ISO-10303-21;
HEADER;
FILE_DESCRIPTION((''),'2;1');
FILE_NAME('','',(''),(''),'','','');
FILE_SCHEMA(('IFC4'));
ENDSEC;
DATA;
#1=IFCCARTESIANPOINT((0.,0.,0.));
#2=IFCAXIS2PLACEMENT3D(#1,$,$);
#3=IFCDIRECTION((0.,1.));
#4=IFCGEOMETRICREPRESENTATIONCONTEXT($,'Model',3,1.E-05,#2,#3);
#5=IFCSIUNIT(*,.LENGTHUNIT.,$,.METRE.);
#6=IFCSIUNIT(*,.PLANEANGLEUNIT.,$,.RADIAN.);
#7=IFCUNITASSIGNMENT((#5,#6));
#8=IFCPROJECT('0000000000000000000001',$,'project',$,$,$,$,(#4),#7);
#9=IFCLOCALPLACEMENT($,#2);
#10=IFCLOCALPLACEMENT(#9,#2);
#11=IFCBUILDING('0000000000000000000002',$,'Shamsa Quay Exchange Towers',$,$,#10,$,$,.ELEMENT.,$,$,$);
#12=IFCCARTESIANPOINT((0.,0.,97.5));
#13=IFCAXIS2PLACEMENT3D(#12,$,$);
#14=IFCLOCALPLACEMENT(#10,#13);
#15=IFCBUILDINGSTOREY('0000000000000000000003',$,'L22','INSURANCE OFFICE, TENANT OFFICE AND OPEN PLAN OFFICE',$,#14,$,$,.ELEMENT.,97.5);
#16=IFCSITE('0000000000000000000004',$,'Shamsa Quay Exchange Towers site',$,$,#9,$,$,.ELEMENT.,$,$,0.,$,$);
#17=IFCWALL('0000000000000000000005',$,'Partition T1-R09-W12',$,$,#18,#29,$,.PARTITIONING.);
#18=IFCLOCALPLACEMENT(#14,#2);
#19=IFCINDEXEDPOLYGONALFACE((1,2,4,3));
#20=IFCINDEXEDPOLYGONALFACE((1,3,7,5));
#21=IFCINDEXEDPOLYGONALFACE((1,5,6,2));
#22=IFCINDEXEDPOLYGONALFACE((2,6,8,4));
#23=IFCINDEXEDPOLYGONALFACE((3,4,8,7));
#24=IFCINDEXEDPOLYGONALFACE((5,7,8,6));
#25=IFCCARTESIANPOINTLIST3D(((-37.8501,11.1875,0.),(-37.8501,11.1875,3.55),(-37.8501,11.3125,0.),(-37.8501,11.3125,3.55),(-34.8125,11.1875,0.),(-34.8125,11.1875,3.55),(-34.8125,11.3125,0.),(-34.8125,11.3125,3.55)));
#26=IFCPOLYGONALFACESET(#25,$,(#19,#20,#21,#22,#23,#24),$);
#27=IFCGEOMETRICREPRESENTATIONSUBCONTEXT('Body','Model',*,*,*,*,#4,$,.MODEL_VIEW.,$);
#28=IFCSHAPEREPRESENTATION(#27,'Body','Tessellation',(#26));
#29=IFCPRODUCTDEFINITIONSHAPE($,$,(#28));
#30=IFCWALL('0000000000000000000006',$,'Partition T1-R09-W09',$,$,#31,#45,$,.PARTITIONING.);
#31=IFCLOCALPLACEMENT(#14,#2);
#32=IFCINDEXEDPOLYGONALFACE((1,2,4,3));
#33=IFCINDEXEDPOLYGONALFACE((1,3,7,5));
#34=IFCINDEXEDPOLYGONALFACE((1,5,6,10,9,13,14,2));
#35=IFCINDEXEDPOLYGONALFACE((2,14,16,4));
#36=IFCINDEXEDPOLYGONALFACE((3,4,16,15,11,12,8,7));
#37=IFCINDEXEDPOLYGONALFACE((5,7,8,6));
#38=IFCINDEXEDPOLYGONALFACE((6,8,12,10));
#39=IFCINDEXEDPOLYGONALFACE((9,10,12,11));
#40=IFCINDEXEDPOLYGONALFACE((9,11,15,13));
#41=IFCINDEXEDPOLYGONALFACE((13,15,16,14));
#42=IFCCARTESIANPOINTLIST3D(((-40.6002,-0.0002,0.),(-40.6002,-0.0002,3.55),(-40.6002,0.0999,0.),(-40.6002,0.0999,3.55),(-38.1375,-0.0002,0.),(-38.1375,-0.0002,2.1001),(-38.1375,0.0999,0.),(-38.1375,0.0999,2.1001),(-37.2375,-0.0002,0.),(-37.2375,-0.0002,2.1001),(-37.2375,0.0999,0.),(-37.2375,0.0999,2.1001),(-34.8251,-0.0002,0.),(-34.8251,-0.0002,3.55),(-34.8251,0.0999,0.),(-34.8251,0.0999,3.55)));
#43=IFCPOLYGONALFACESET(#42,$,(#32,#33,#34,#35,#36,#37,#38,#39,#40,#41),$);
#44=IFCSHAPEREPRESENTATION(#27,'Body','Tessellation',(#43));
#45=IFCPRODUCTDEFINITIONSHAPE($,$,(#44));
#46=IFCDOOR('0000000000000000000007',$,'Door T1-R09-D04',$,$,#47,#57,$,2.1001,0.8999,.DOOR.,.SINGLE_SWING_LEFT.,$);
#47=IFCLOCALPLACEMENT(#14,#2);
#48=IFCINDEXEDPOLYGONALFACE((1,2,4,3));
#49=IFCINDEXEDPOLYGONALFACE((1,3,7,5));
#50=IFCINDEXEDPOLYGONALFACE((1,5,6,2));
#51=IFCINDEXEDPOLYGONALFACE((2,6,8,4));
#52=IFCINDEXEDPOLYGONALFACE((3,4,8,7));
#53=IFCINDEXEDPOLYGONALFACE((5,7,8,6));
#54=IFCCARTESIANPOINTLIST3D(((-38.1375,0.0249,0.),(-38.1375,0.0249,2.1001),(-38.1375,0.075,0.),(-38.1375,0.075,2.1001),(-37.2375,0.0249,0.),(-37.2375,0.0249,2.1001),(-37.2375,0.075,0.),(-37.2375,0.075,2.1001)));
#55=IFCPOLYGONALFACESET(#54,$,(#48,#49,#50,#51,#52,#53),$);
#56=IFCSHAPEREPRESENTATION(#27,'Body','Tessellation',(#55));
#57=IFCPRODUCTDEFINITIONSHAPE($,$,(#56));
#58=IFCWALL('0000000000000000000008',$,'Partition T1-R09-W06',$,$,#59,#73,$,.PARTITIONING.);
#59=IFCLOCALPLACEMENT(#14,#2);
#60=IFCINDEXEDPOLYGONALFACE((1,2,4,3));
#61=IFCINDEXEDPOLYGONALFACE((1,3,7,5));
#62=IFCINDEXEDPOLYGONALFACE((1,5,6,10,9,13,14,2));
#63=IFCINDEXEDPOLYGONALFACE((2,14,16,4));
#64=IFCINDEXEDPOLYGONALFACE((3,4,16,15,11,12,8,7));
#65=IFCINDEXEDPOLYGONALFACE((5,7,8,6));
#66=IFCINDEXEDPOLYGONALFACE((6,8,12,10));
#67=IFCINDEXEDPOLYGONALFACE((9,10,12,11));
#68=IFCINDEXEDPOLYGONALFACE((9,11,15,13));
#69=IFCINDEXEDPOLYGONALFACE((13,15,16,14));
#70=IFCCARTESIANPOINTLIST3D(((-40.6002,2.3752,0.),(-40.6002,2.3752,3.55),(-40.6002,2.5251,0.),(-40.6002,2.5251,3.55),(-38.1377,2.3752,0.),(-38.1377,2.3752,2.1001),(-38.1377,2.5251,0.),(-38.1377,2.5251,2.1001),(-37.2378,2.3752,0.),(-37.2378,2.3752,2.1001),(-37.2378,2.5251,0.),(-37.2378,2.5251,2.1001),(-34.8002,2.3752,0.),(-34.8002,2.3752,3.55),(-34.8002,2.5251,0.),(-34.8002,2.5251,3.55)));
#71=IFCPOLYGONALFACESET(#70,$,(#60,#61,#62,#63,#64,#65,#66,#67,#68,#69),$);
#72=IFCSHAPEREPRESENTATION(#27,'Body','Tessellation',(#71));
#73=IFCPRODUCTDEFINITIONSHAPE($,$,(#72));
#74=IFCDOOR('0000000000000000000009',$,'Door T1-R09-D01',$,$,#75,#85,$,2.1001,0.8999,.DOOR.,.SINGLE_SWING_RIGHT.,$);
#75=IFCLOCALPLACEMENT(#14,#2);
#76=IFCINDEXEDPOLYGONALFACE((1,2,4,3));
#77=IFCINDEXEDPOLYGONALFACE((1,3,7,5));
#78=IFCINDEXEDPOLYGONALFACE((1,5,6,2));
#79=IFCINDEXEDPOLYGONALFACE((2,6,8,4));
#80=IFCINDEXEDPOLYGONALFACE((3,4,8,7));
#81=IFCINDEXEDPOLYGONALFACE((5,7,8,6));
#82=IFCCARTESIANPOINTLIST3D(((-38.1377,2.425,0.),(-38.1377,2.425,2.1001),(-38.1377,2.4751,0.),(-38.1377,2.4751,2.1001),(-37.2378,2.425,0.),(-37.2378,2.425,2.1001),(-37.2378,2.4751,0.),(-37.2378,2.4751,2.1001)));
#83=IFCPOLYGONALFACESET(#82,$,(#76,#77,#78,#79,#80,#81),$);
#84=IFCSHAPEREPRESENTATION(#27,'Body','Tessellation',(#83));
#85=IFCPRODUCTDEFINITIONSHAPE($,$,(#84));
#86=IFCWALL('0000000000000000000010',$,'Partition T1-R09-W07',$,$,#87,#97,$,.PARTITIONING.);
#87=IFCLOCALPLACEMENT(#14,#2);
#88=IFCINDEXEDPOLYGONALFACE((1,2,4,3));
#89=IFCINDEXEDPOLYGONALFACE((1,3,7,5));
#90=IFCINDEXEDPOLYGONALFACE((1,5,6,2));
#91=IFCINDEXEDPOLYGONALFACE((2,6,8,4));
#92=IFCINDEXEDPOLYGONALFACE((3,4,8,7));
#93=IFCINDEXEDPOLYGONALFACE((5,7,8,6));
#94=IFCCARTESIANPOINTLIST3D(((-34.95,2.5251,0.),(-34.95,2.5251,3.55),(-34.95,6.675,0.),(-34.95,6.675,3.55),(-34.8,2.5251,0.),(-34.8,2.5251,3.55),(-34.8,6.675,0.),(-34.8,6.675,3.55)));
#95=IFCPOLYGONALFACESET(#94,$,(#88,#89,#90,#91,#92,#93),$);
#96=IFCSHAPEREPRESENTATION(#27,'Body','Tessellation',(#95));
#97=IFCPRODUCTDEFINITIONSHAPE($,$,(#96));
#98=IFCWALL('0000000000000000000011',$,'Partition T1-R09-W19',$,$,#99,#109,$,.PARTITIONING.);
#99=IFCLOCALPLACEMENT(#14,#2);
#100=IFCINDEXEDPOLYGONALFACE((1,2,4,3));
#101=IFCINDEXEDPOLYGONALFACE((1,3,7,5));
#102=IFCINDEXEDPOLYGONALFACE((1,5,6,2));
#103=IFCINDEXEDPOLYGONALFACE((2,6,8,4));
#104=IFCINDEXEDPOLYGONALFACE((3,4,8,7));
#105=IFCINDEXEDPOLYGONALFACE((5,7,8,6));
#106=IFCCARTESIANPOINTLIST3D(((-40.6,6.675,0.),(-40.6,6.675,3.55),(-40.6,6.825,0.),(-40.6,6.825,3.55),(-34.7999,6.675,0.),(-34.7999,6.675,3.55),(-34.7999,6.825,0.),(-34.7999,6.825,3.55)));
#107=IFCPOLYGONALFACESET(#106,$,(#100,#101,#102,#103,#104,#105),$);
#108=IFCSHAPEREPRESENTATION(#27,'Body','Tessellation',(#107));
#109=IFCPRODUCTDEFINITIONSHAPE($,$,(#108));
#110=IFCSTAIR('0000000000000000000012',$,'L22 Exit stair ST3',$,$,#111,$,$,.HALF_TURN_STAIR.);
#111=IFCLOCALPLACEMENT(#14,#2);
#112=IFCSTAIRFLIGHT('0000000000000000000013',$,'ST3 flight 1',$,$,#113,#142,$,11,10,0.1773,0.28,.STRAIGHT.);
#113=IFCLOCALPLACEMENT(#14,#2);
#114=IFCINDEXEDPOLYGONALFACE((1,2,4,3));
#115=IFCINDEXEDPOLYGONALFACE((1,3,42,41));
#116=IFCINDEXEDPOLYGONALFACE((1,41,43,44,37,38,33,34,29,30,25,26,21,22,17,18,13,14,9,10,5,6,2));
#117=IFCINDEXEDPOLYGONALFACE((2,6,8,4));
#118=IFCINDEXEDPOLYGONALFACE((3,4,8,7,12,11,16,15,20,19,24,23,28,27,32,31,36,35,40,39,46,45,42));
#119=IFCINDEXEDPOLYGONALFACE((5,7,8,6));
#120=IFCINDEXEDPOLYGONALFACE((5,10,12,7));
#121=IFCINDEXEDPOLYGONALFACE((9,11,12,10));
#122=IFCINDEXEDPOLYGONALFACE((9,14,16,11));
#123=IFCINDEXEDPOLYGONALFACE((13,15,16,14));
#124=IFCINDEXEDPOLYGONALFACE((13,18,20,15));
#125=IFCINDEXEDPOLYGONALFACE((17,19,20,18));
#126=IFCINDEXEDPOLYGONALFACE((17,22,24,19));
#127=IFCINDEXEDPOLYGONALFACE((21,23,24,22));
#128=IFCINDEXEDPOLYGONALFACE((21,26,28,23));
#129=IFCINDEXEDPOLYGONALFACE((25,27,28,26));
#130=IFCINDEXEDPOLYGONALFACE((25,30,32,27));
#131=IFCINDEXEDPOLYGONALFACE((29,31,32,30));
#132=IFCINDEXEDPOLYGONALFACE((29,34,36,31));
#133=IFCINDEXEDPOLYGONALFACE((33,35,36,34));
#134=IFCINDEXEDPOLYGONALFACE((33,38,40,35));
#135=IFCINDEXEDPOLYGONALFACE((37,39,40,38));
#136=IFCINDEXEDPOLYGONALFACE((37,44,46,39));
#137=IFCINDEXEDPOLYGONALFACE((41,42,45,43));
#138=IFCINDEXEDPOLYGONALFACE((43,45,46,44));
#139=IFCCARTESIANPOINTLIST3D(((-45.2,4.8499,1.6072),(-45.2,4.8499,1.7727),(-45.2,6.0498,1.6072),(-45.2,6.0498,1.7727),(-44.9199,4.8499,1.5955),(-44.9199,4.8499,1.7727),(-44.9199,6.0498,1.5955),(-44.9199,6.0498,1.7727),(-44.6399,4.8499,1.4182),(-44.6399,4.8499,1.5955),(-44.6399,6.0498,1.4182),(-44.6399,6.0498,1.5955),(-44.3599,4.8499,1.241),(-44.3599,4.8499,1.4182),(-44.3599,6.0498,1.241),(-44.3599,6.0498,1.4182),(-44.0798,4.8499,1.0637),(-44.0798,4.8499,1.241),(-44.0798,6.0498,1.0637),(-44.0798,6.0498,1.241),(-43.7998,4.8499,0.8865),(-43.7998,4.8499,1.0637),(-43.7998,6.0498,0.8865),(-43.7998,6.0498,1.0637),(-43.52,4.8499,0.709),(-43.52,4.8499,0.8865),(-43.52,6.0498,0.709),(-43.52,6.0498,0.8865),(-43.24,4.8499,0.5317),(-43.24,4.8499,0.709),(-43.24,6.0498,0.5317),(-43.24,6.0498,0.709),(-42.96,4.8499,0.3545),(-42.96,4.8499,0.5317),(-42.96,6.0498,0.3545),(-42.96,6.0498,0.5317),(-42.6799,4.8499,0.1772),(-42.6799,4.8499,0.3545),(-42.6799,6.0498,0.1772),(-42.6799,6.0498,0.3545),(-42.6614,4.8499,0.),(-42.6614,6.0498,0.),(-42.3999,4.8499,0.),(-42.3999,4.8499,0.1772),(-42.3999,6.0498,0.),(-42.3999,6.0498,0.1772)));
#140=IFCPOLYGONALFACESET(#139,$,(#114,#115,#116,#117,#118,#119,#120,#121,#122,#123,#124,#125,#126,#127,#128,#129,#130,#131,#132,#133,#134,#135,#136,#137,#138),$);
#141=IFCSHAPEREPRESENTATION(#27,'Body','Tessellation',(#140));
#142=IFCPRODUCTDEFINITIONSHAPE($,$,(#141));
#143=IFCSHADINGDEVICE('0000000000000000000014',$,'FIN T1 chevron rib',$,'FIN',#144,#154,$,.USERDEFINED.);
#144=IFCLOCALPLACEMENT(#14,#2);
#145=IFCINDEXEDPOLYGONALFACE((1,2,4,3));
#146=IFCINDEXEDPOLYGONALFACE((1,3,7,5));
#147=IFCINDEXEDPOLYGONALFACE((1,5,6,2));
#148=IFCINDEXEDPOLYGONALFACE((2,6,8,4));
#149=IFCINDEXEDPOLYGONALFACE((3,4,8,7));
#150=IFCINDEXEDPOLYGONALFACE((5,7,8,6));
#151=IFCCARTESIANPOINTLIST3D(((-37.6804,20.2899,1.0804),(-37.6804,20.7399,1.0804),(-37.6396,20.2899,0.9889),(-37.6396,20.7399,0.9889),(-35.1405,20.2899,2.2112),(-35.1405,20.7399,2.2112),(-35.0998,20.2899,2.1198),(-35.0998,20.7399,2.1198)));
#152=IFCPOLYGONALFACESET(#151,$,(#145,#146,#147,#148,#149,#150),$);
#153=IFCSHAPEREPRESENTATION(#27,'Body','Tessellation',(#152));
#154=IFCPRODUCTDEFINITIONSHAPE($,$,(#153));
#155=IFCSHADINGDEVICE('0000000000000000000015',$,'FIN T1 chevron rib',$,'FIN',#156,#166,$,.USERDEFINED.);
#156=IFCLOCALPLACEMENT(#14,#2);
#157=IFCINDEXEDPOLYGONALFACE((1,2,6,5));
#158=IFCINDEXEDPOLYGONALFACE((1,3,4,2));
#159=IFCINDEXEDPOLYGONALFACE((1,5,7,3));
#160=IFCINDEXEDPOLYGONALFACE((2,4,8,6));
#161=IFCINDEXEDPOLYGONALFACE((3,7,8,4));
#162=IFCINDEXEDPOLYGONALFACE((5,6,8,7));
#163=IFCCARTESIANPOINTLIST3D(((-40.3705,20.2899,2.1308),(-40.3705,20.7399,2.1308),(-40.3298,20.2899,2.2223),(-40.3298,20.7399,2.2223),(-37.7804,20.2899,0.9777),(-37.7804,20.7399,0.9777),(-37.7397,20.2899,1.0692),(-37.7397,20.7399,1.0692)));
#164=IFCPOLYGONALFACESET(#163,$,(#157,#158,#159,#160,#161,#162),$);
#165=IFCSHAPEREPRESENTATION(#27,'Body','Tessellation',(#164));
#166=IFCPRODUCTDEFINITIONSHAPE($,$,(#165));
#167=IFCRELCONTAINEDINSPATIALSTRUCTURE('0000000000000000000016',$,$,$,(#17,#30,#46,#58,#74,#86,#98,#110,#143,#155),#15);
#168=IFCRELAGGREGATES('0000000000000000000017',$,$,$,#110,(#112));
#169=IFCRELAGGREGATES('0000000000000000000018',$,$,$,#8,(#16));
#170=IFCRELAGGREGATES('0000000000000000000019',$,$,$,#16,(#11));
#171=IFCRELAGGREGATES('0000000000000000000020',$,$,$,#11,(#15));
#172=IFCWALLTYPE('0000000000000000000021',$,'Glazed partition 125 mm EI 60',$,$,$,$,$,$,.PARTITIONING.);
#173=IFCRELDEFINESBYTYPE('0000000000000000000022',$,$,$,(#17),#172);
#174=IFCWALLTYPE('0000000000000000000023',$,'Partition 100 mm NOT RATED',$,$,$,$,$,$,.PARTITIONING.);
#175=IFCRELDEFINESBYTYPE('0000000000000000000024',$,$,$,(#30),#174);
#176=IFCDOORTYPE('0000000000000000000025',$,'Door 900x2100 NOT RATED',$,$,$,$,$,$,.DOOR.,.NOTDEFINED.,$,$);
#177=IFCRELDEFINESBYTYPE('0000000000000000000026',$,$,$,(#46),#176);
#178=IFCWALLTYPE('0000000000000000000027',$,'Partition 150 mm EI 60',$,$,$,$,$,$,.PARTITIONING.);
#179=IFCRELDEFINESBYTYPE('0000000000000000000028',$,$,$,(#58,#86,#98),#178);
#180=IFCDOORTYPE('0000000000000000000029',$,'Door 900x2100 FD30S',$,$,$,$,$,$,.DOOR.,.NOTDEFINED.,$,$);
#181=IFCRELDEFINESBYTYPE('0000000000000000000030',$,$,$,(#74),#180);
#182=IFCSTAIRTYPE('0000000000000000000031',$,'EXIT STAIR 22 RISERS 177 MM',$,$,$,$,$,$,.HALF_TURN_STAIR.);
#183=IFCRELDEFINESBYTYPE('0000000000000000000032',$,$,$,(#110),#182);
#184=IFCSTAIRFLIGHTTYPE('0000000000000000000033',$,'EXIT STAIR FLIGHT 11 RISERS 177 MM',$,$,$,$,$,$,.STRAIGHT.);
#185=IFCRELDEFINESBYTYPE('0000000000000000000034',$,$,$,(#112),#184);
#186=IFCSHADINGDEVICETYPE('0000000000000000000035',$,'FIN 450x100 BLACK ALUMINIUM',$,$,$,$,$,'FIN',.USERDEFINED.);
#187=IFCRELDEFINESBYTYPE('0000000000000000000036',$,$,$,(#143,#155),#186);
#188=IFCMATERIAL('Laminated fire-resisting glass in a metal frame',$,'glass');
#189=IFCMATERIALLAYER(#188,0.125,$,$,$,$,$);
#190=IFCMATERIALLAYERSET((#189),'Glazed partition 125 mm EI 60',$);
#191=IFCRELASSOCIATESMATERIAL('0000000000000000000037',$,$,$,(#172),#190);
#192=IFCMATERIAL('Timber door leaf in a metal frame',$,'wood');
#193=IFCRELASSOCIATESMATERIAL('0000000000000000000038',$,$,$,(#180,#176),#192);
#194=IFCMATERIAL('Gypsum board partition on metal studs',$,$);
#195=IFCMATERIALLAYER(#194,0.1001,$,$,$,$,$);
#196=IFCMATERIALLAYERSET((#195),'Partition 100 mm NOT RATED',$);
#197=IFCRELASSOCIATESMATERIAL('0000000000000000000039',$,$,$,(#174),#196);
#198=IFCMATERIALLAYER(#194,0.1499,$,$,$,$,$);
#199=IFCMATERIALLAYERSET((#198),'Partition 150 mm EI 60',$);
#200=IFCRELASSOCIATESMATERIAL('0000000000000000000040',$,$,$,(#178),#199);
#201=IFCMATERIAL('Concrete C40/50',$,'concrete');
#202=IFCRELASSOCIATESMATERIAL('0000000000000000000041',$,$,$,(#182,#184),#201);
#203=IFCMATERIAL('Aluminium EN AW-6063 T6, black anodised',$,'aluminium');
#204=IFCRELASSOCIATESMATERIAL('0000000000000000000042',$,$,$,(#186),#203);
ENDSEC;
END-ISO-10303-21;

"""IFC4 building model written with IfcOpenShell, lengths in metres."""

from ifc_helpers import new_model, si_unit, direction, frame, frame_2d, origin, origin_2d, place, context, subcontext, project, spatial, polyline, rectangle, outline, extrude, material, layer, layer_set, material_profile, profile_set, type_object, element, fill, aggregate, save


model = new_model("IFC4")

# Units and contexts
model_context = context("Model", 3, precision=1e-05, world=origin(), true_north=direction((0.0, 1.0)))
body_context = subcontext(model_context, "Body", "Model", "MODEL_VIEW")
ifc_project = project(units=[si_unit("LENGTHUNIT", "METRE"), si_unit("PLANEANGLEUNIT", "RADIAN")], contexts=[model_context])

# Site, building, storey
site_placement = place(None, origin())
site = spatial("IfcSite", under=ifc_project, at=site_placement, Name="Shamsa Quay Exchange Towers site", CompositionType="ELEMENT", RefElevation=0.0)
building_placement = place(site_placement, origin())
building = spatial("IfcBuilding", under=site, at=building_placement, Name="Shamsa Quay Exchange Towers", CompositionType="ELEMENT")
storey_placement = place(building_placement, frame((0.0, 0.0, 97.5)))
storey = spatial("IfcBuildingStorey", under=building, at=storey_placement, Name="L22", Description="INSURANCE OFFICE, TENANT OFFICE AND OPEN PLAN OFFICE", CompositionType="ELEMENT", Elevation=97.5)

# Shared definitions
ifc_material_1 = material(Name="Aluminium EN AW-6063 T6, black anodised", Category="aluminium")

# Shared definitions
ifc_material_2 = material(Name="Timber door leaf in a metal frame", Category="wood")

# Shared definitions
ifc_material_3 = material(Name="Laminated fire-resisting glass in a metal frame", Category="glass")
ifc_layer_1 = layer(ifc_material_3, 0.125)
ifc_layer_set_1 = layer_set([ifc_layer_1], Name="Glazed partition 125 mm EI 60")
wall_type_1 = type_object("IfcWallType", Name="Glazed partition 125 mm EI 60", PredefinedType="PARTITIONING", material=ifc_layer_set_1)
door_type_1 = type_object("IfcDoorType", Name="Door 900x2100 FD30S", OperationType="NOTDEFINED", PredefinedType="DOOR", material=ifc_material_2)

# Wall
wall_1_placement = place(storey_placement, frame((-34.8125, 11.25, 0.0), z_axis=(0.0, 0.0, 1.0), x_axis=(-1.0, 0.0, 0.0)))
element("IfcWall", 1, at=wall_1_placement, inside=storey, type_object=wall_type_1, Name="Partition T1-R09-W12", PredefinedType="PARTITIONING", context=body_context, shape_type="SweptSolid", body=[
    extrude(rectangle(XDim=3.0376, YDim=0.125, at=frame_2d((1.5188, 0.0))), origin(), (0.0, 0.0, 1.0), 3.55),
])

# Walls, openings, doors
ifc_material_4 = material(Name="Gypsum board partition on metal studs")
ifc_layer_2 = layer(ifc_material_4, 0.1001)
ifc_layer_set_2 = layer_set([ifc_layer_2], Name="Partition 100 mm NOT RATED")
wall_type_2 = type_object("IfcWallType", Name="Partition 100 mm NOT RATED", PredefinedType="PARTITIONING", material=ifc_layer_set_2)
wall_2_placement = place(storey_placement, frame((-34.825, 0.0498, 0.0), z_axis=(0.0, 0.0, 1.0), x_axis=(-1.0, 0.0, 0.0)))
wall_2 = element("IfcWall", 2, at=wall_2_placement, inside=storey, type_object=wall_type_2, Name="Partition T1-R09-W09", PredefinedType="PARTITIONING", context=body_context, shape_type="SweptSolid", body=[
    extrude(rectangle(XDim=5.7751, YDim=0.1001, at=frame_2d((2.8877, 0.0))), origin(), (0.0, 0.0, 1.0), 3.55),
])
opening_1_placement = place(wall_2_placement, frame((2.4126, 0.0, 0.0)))
opening_1 = element("IfcOpeningElement", 3, at=opening_1_placement, cuts=wall_2, PredefinedType="OPENING", context=body_context, shape_type="SweptSolid", body=[
    extrude(rectangle(XDim=0.8999, YDim=2.1001, at=frame_2d((0.45, 1.05))), frame((0.0, 0.0601, 0.0), z_axis=(0.0, -1.0, 0.0), x_axis=(1.0, 0.0, 0.0)), (0.0, 0.0, 1.0), 0.1201),
])
door_type_2 = type_object("IfcDoorType", Name="Door 900x2100 NOT RATED", OperationType="NOTDEFINED", PredefinedType="DOOR", material=ifc_material_2)
door_1_placement = place(opening_1_placement, origin())
door_1 = element("IfcDoor", 4, at=door_1_placement, inside=storey, type_object=door_type_2, Name="Door T1-R09-D04", OperationType="SINGLE_SWING_LEFT", OverallHeight=2.1001, OverallWidth=0.8999, PredefinedType="DOOR", context=body_context, shape_type="SweptSolid", body=[
    extrude(rectangle(XDim=0.8999, YDim=2.1001, at=frame_2d((0.45, 1.05))), frame((0.0, 0.0249, 0.0), z_axis=(0.0, -1.0, 0.0), x_axis=(1.0, 0.0, 0.0)), (0.0, 0.0, 1.0), 0.05),
])
fill(opening_1, door_1)
ifc_layer_3 = layer(ifc_material_4, 0.1499)
ifc_layer_set_3 = layer_set([ifc_layer_3], Name="Partition 150 mm EI 60")
wall_type_3 = type_object("IfcWallType", Name="Partition 150 mm EI 60", PredefinedType="PARTITIONING", material=ifc_layer_set_3)
wall_3_placement = place(storey_placement, frame((-40.6001, 2.4502, 0.0)))
wall_3 = element("IfcWall", 5, at=wall_3_placement, inside=storey, type_object=wall_type_3, Name="Partition T1-R09-W06", PredefinedType="PARTITIONING", context=body_context, shape_type="SweptSolid", body=[
    extrude(rectangle(XDim=5.8, YDim=0.1499, at=frame_2d((2.8999, 0.0))), origin(), (0.0, 0.0, 1.0), 3.55),
])
opening_2_placement = place(wall_3_placement, frame((2.4624, 0.0, 0.0)))
opening_2 = element("IfcOpeningElement", 6, at=opening_2_placement, cuts=wall_3, PredefinedType="OPENING", context=body_context, shape_type="SweptSolid", body=[
    extrude(rectangle(XDim=0.8999, YDim=2.1001, at=frame_2d((0.45, 1.05))), frame((0.0, 0.085, 0.0), z_axis=(0.0, -1.0, 0.0), x_axis=(1.0, 0.0, 0.0)), (0.0, 0.0, 1.0), 0.1699),
])
door_2_placement = place(opening_2_placement, origin())
door_2 = element("IfcDoor", 7, at=door_2_placement, inside=storey, type_object=door_type_1, Name="Door T1-R09-D01", OperationType="SINGLE_SWING_RIGHT", OverallHeight=2.1001, OverallWidth=0.8999, PredefinedType="DOOR", context=body_context, shape_type="SweptSolid", body=[
    extrude(rectangle(XDim=0.8999, YDim=2.1001, at=frame_2d((0.45, 1.05))), frame((0.0, 0.0249, 0.0), z_axis=(0.0, -1.0, 0.0), x_axis=(1.0, 0.0, 0.0)), (0.0, 0.0, 1.0), 0.05),
])
fill(opening_2, door_2)

# Walls
wall_4_placement = place(storey_placement, frame((-34.875, 2.5251, 0.0), z_axis=(0.0, 0.0, 1.0), x_axis=(0.0, 1.0, 0.0)))
element("IfcWall", 8, at=wall_4_placement, inside=storey, type_object=wall_type_3, Name="Partition T1-R09-W07", PredefinedType="PARTITIONING", context=body_context, shape_type="SweptSolid", body=[
    extrude(rectangle(XDim=4.1499, YDim=0.1499, at=frame_2d((2.075, 0.0))), origin(), (0.0, 0.0, 1.0), 3.55),
])
wall_5_placement = place(storey_placement, frame((-34.8, 6.75, 0.0), z_axis=(0.0, 0.0, 1.0), x_axis=(-1.0, 0.0, 0.0)))
element("IfcWall", 9, at=wall_5_placement, inside=storey, type_object=wall_type_3, Name="Partition T1-R09-W19", PredefinedType="PARTITIONING", context=body_context, shape_type="SweptSolid", body=[
    extrude(rectangle(XDim=5.8, YDim=0.1499, at=frame_2d((2.8999, 0.0))), origin(), (0.0, 0.0, 1.0), 3.55),
])

# Stair, stair flight
ifc_material_5 = material(Name="Concrete C40/50", Category="concrete")
stair_type = type_object("IfcStairType", Name="EXIT STAIR 22 RISERS 177 MM", PredefinedType="HALF_TURN_STAIR", material=ifc_material_5)
stair_placement = place(storey_placement, origin())
stair = element("IfcStair", 10, at=stair_placement, inside=storey, type_object=stair_type, Name="L22 Exit stair ST3", PredefinedType="HALF_TURN_STAIR")
stair_flight_type = type_object("IfcStairFlightType", Name="EXIT STAIR FLIGHT 11 RISERS 177 MM", PredefinedType="STRAIGHT", material=ifc_material_5)
stair_flight_placement = place(storey_placement, frame((-42.3999, 5.45, 0.0), z_axis=(0.0, 0.0, 1.0), x_axis=(-1.0, 0.0, 0.0)))
stair_flight = element("IfcStairFlight", 11, at=stair_flight_placement, type_object=stair_flight_type, Name="ST3 flight 1", NumberOfRisers=11, NumberOfTreads=10, PredefinedType="STRAIGHT", RiserHeight=0.1773, TreadLength=0.28, context=body_context, shape_type="SweptSolid", body=[
    extrude(outline(polyline([(0.0, 0.0), (0.0, 0.1772), (0.28, 0.1772), (0.28, 0.3545), (0.5601, 0.3545), (0.5601, 0.5317), (0.8401, 0.5317), (0.8401, 0.709), (1.1201, 0.709), (1.1201, 0.8865), (1.3999, 0.8865), (1.3999, 1.0637), (1.6799, 1.0637), (1.6799, 1.241), (1.96, 1.241), (1.96, 1.4182), (2.24, 1.4182), (2.24, 1.5955), (2.52, 1.5955), (2.52, 1.7727), (2.8, 1.7727), (2.8, 1.95), (2.8, 1.6072), (0.2615, 0.0), (0.0, 0.0)])), frame((0.0, 0.6001, 0.0), z_axis=(0.0, -1.0, 0.0), x_axis=(1.0, 0.0, 0.0)), (0.0, 0.0, 1.0), 1.2),
])
aggregate(stair, [stair_flight])

# Shading devices
ifc_material_profile_1 = material_profile(ifc_material_1, rectangle(XDim=0.45, YDim=0.1001, at=origin_2d()), Name="FIN450x100")
ifc_profile_set_1 = profile_set([ifc_material_profile_1], Name="Aluminium EN AW-6063 T6, black anodised")
shading_device_type = type_object("IfcShadingDeviceType", Name="FIN 450x100 BLACK ALUMINIUM", ElementType="FIN", PredefinedType="USERDEFINED", material=ifc_profile_set_1)
shading_device_1_placement = place(storey_placement, frame((-35.1201, 20.5149, 2.1655), z_axis=(-0.913536, 0.0, -0.406758), x_axis=(0.0, -1.0, 0.0)))
element("IfcShadingDevice", 12, at=shading_device_1_placement, inside=storey, type_object=shading_device_type, Name="FIN T1 chevron rib", ObjectType="FIN", PredefinedType="USERDEFINED", context=body_context, shape_type="SweptSolid", body=[
    extrude(rectangle(XDim=0.45, YDim=0.1001, at=origin_2d()), origin(), (0.0, 0.0, 1.0), 2.7803),
])
shading_device_2_placement = place(storey_placement, frame((-37.76, 20.5149, 1.0234), z_axis=(-0.913559, 0.0, 0.406706), x_axis=(0.0, -1.0, 0.0)))
element("IfcShadingDevice", 13, at=shading_device_2_placement, inside=storey, type_object=shading_device_type, Name="FIN T1 chevron rib", ObjectType="FIN", PredefinedType="USERDEFINED", context=body_context, shape_type="SweptSolid", body=[
    extrude(rectangle(XDim=0.45, YDim=0.1001, at=origin_2d()), origin(), (0.0, 0.0, 1.0), 2.8352),
])

save(model, "model.ifc")
